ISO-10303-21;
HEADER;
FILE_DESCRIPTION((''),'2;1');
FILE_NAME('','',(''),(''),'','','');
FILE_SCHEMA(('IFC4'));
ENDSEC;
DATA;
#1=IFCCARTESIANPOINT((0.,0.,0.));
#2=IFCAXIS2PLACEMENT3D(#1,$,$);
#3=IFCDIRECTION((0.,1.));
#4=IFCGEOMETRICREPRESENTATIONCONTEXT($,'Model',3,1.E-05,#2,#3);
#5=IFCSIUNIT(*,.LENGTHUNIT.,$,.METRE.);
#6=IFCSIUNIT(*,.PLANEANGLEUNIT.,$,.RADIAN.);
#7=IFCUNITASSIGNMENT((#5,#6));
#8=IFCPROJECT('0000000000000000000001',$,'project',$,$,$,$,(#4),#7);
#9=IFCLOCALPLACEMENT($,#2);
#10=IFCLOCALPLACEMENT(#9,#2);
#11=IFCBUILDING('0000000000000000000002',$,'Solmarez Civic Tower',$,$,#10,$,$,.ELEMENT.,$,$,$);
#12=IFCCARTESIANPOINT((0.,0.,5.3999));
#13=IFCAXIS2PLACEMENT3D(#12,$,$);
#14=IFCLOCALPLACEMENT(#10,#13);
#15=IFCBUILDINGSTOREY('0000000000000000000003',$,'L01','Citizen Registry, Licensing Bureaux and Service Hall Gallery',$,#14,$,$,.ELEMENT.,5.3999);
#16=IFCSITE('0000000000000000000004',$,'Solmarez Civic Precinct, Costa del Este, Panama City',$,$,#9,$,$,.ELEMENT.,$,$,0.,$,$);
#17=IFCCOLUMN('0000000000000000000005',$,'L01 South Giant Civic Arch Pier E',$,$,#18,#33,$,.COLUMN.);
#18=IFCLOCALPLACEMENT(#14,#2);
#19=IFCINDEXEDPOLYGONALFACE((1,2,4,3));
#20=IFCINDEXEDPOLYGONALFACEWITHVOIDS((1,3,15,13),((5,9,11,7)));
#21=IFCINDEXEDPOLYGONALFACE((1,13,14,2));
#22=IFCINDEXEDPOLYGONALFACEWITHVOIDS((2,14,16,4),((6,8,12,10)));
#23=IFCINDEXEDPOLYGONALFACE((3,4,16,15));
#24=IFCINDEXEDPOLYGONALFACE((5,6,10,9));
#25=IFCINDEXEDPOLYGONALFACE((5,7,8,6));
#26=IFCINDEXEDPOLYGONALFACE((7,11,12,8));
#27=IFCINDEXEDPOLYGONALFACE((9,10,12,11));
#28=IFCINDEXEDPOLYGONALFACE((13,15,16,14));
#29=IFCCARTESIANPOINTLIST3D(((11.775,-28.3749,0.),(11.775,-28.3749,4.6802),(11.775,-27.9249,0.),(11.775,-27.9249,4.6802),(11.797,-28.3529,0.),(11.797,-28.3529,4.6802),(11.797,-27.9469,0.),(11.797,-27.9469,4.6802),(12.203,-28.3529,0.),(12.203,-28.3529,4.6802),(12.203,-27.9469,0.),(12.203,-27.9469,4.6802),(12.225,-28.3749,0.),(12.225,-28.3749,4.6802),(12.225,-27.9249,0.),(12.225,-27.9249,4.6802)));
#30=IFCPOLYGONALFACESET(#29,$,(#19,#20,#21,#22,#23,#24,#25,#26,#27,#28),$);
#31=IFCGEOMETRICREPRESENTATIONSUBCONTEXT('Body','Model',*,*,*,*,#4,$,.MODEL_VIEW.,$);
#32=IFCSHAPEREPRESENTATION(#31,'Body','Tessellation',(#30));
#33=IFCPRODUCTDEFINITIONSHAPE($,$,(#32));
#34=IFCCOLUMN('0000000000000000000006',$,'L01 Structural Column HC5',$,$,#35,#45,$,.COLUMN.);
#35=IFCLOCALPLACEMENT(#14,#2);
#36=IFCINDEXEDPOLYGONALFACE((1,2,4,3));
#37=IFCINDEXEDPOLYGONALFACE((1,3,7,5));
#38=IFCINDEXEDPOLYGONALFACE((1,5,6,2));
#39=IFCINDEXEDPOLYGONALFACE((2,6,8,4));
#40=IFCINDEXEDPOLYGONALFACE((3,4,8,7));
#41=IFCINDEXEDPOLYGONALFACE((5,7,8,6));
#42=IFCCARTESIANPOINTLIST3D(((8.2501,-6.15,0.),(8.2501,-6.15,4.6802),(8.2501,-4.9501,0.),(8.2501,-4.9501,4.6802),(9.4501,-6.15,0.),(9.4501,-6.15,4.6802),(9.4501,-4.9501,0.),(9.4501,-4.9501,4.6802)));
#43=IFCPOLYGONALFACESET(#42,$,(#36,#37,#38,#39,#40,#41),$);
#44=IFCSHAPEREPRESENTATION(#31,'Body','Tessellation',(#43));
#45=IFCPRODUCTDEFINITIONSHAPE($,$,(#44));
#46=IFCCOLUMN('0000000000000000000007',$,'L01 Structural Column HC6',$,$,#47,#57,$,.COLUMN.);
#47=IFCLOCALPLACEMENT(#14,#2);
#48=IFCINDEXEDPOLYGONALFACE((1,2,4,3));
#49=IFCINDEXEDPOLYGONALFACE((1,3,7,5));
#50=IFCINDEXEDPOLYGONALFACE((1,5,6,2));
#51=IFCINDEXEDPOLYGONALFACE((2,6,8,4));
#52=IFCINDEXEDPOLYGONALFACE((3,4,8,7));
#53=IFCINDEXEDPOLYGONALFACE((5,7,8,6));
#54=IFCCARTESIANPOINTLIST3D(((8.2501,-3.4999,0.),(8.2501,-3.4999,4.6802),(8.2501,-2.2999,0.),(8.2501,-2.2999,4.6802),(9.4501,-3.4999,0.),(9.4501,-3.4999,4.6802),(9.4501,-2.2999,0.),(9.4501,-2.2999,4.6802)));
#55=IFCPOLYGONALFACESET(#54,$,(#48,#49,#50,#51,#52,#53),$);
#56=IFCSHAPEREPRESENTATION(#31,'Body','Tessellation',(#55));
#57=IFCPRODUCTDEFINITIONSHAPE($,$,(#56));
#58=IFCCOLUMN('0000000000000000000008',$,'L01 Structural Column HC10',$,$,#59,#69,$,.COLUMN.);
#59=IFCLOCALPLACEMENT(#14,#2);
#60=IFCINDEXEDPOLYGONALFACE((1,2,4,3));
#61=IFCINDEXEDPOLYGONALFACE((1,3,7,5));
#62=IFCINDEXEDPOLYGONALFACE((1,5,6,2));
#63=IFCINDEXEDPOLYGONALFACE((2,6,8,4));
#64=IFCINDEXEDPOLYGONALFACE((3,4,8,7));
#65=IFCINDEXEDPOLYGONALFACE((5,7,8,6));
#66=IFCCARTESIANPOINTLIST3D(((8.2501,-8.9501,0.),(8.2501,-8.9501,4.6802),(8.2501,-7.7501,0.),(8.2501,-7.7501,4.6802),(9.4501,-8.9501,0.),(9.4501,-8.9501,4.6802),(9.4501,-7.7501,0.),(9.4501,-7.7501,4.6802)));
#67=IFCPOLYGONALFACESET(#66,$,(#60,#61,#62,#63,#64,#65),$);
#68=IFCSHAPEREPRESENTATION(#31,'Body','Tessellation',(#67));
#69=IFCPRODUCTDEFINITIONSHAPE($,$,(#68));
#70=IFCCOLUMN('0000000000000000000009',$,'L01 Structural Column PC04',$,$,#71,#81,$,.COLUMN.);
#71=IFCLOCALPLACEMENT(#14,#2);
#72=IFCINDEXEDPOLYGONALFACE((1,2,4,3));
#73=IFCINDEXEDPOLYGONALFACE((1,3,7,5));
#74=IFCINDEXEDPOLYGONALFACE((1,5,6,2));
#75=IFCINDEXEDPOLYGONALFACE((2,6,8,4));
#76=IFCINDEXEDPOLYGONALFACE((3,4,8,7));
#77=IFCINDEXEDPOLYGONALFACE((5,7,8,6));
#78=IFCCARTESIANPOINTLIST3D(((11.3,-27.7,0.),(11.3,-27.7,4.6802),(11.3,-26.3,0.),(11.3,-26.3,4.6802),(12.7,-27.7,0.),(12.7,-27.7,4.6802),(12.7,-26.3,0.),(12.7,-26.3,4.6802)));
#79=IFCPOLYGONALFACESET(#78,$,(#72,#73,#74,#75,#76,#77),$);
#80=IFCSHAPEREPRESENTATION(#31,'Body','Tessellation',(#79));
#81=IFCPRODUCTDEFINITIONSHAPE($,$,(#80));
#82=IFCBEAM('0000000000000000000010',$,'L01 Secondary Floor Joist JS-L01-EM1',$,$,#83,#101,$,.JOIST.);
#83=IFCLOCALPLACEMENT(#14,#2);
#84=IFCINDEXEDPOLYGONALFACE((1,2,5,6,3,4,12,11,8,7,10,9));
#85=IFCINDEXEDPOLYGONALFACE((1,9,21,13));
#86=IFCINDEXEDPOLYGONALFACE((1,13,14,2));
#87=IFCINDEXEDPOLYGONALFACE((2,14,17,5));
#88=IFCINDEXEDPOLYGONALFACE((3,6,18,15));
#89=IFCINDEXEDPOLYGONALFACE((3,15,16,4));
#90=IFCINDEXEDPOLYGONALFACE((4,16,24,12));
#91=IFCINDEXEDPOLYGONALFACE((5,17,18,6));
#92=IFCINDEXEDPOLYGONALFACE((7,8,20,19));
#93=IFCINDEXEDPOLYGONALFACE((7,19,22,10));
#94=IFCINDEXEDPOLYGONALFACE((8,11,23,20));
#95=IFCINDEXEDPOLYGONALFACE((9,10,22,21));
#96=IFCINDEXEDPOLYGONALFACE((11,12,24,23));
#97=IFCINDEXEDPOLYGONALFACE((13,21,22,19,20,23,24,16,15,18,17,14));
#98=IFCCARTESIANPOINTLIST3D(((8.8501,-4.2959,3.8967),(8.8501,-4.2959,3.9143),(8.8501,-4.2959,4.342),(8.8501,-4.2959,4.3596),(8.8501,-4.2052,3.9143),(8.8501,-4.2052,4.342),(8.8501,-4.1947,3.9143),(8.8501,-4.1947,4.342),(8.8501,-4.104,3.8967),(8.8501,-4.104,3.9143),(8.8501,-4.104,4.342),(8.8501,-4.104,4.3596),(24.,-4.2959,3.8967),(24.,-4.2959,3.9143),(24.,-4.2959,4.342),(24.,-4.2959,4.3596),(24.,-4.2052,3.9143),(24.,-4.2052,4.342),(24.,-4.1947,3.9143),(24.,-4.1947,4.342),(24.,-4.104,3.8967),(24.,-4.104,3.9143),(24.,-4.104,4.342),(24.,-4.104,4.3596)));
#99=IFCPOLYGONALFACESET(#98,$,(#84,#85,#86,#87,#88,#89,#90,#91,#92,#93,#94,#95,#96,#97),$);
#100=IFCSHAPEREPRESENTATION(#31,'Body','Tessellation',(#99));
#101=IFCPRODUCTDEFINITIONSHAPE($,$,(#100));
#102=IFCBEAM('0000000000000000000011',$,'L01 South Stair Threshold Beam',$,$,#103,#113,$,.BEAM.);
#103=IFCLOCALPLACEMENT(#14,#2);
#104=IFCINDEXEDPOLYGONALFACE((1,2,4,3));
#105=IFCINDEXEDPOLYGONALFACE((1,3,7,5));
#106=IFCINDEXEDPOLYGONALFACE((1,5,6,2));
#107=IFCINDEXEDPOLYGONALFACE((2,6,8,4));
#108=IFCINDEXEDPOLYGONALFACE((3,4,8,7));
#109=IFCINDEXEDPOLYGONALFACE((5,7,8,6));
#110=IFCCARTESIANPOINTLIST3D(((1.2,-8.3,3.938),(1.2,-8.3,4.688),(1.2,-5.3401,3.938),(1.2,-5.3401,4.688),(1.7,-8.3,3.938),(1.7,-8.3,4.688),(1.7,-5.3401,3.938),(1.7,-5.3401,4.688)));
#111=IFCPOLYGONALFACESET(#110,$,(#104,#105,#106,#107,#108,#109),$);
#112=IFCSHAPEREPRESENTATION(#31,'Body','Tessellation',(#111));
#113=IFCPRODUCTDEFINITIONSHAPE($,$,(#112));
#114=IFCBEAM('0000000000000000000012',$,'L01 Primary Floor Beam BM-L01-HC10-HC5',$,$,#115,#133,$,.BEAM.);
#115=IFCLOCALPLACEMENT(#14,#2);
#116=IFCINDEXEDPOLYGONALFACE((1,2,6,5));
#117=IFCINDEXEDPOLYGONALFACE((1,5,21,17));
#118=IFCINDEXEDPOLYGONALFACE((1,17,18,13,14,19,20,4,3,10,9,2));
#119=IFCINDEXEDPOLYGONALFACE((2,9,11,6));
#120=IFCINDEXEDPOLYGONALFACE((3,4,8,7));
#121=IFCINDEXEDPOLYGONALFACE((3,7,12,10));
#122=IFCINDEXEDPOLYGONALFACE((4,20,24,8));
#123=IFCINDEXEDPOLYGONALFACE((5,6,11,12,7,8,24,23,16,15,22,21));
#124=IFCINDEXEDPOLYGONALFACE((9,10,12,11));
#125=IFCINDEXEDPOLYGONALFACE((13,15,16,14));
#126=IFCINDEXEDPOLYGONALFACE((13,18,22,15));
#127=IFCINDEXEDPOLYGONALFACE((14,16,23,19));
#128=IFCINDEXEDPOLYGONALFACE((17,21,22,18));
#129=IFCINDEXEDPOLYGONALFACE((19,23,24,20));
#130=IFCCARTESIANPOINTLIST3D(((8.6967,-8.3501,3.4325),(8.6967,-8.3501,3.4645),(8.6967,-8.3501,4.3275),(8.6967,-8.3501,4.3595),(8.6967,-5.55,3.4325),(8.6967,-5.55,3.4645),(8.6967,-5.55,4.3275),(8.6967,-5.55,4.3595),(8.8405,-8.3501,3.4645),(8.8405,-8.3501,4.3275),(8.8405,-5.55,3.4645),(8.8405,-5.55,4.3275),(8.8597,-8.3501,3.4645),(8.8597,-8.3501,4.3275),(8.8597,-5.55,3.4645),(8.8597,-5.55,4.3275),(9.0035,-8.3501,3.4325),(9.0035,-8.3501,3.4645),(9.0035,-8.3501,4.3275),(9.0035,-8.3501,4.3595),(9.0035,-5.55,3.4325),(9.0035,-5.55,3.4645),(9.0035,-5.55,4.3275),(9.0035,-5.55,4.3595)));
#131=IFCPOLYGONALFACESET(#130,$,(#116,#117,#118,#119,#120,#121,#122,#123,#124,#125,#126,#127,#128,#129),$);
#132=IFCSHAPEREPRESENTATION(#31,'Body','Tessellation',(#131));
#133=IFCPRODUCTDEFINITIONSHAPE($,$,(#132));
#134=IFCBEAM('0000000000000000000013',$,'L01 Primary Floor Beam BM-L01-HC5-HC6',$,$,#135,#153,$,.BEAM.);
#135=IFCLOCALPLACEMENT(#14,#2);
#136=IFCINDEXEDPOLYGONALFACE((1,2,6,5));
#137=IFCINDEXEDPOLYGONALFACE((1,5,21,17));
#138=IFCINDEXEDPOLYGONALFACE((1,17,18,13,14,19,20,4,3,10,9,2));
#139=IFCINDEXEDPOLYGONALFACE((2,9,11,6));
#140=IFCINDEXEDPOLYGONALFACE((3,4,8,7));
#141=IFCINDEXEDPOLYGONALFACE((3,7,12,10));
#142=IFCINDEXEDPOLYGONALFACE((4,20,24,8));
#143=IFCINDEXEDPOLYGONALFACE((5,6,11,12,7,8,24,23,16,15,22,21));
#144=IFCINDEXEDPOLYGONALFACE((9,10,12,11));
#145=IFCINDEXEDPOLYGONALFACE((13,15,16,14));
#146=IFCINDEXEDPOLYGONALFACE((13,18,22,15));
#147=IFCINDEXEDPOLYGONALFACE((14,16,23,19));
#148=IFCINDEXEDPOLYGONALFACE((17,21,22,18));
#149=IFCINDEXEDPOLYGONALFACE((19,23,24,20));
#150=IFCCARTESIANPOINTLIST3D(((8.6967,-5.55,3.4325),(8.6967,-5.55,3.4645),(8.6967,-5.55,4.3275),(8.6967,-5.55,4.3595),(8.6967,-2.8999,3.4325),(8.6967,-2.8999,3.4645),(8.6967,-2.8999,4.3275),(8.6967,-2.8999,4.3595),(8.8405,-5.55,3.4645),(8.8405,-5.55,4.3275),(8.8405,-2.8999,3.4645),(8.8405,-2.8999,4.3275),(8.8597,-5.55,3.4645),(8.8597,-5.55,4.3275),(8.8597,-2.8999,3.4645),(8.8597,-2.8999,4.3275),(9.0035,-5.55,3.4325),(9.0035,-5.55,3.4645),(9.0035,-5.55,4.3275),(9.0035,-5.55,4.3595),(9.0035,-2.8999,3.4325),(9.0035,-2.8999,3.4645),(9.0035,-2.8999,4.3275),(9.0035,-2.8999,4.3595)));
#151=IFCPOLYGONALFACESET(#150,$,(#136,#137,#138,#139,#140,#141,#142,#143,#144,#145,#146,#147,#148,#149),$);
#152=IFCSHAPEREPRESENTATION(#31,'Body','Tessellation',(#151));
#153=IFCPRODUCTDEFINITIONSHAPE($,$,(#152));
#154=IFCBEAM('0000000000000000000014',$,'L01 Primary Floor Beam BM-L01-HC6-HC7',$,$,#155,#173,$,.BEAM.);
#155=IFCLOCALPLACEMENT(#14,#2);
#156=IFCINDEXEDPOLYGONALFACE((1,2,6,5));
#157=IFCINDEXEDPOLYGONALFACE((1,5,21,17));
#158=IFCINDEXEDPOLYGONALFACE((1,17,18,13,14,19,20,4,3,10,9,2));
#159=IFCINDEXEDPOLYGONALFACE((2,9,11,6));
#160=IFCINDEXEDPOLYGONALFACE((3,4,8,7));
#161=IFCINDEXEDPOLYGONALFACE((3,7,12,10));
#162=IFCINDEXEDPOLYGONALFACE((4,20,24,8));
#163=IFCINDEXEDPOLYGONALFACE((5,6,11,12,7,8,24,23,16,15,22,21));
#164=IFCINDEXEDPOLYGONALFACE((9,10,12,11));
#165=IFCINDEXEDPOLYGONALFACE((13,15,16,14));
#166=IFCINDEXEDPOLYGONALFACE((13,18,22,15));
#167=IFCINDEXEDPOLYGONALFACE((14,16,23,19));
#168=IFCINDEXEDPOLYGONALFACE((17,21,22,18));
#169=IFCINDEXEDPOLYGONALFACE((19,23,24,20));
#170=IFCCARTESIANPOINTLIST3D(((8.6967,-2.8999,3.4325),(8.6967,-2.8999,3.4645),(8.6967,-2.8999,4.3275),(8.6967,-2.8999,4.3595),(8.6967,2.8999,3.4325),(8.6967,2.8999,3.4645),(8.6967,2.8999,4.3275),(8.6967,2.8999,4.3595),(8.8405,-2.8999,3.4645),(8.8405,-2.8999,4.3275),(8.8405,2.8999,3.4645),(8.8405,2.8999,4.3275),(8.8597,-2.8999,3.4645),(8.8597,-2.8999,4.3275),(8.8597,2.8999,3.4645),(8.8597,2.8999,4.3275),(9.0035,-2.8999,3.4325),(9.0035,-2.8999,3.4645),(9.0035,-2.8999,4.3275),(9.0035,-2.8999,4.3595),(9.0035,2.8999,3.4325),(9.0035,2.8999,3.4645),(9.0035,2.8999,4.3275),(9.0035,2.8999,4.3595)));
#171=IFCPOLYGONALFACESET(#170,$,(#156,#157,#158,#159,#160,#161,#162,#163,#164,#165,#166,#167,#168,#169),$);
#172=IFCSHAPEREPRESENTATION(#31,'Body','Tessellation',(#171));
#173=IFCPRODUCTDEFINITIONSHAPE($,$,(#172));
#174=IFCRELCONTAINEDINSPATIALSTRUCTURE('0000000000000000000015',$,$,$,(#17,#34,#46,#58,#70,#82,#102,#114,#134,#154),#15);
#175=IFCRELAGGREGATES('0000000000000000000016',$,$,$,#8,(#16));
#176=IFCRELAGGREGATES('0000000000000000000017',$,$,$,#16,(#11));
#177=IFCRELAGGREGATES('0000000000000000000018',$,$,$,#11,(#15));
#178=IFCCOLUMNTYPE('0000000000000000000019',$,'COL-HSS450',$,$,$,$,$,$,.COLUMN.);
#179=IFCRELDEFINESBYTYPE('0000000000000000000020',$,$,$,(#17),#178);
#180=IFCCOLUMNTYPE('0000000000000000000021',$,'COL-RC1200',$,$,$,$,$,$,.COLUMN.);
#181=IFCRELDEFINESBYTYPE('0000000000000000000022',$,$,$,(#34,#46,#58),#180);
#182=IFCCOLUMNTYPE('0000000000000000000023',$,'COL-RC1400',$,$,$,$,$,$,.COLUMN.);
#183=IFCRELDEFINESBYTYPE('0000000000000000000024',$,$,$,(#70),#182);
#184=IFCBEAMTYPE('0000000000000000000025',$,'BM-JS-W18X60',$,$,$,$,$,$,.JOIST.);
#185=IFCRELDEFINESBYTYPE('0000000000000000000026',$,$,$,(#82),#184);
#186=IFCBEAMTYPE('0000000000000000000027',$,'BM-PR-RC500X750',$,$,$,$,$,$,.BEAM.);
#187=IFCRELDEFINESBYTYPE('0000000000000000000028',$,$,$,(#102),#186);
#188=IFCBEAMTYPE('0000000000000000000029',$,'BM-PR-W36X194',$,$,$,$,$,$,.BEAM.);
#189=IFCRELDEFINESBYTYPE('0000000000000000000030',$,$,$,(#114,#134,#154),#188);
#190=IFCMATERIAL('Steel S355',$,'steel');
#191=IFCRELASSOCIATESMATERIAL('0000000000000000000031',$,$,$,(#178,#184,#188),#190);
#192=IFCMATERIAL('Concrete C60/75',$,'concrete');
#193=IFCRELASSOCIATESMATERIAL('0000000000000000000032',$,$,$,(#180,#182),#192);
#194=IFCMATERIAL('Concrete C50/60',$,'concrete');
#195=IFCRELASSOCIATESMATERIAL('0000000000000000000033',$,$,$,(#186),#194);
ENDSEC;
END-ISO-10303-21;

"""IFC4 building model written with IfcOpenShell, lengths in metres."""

from ifc_helpers import new_model, si_unit, direction, frame, origin, origin_2d, place, context, subcontext, project, spatial, rectangle, hollow_rectangle, i_section, extrude, material, material_profile, profile_set, type_object, element, save


model = new_model("IFC4")

# Units and contexts
model_context = context("Model", 3, precision=1e-05, world=origin(), true_north=direction((0.0, 1.0)))
body_context = subcontext(model_context, "Body", "Model", "MODEL_VIEW")
ifc_project = project(units=[si_unit("LENGTHUNIT", "METRE"), si_unit("PLANEANGLEUNIT", "RADIAN")], contexts=[model_context])

# Site, building, storey
site_placement = place(None, origin())
site = spatial("IfcSite", under=ifc_project, at=site_placement, Name="Solmarez Civic Precinct, Costa del Este, Panama City", CompositionType="ELEMENT", RefElevation=0.0)
building_placement = place(site_placement, origin())
building = spatial("IfcBuilding", under=site, at=building_placement, Name="Solmarez Civic Tower", CompositionType="ELEMENT")
storey_placement = place(building_placement, frame((0.0, 0.0, 5.3999)))
storey = spatial("IfcBuildingStorey", under=building, at=storey_placement, Name="L01", Description="Citizen Registry, Licensing Bureaux and Service Hall Gallery", CompositionType="ELEMENT", Elevation=5.3999)

# Columns
ifc_material_1 = material(Name="Steel S355", Category="steel")
ifc_material_profile_1 = material_profile(ifc_material_1, hollow_rectangle(XDim=0.45, YDim=0.45, WallThickness=0.022, at=origin_2d()), Name="HSS450X450X22")
ifc_profile_set_1 = profile_set([ifc_material_profile_1], Name="Steel S355")
column_type_1 = type_object("IfcColumnType", Name="COL-HSS450", PredefinedType="COLUMN", material=ifc_profile_set_1)
column_1_placement = place(storey_placement, frame((12.0, -28.1499, 0.0), z_axis=(0.0, 0.0, 1.0), x_axis=(1.0, 0.0, 0.0)))
element("IfcColumn", 1, at=column_1_placement, inside=storey, type_object=column_type_1, Name="L01 South Giant Civic Arch Pier E", PredefinedType="COLUMN", context=body_context, shape_type="SweptSolid", body=[
    extrude(hollow_rectangle(XDim=0.45, YDim=0.45, WallThickness=0.022, at=origin_2d()), origin(), (0.0, 0.0, 1.0), 4.6802),
])
ifc_material_2 = material(Name="Concrete C60/75", Category="concrete")
ifc_material_profile_2 = material_profile(ifc_material_2, rectangle(XDim=1.2, YDim=1.2, at=origin_2d()), Name="RC1200X1200")
ifc_profile_set_2 = profile_set([ifc_material_profile_2], Name="Concrete C60/75")
column_type_2 = type_object("IfcColumnType", Name="COL-RC1200", PredefinedType="COLUMN", material=ifc_profile_set_2)
for number, where, z_axis, x_axis, name in (
    (2, (8.8501, -5.55, 0.0), (0.0, 0.0, 1.0), (1.0, 0.0, 0.0), "L01 Structural Column HC5"),
    (3, (8.8501, -2.8999, 0.0), (0.0, 0.0, 1.0), (1.0, 0.0, 0.0), "L01 Structural Column HC6"),
    (4, (8.8501, -8.3501, 0.0), (0.0, 0.0, 1.0), (1.0, 0.0, 0.0), "L01 Structural Column HC10"),
):
    element("IfcColumn", number, at=place(storey_placement, frame(where, z_axis=z_axis, x_axis=x_axis)), inside=storey, type_object=column_type_2, Name=name, PredefinedType="COLUMN", context=body_context, shape_type="SweptSolid", body=[
        extrude(rectangle(XDim=1.2, YDim=1.2, at=origin_2d()), origin(), (0.0, 0.0, 1.0), 4.6802),
    ])
ifc_material_profile_3 = material_profile(ifc_material_2, rectangle(XDim=1.3999, YDim=1.3999, at=origin_2d()), Name="RC1400X1400")
ifc_profile_set_3 = profile_set([ifc_material_profile_3], Name="Concrete C60/75")
column_type_3 = type_object("IfcColumnType", Name="COL-RC1400", PredefinedType="COLUMN", material=ifc_profile_set_3)
column_2_placement = place(storey_placement, frame((12.0, -27.0, 0.0), z_axis=(0.0, 0.0, 1.0), x_axis=(1.0, 0.0, 0.0)))
element("IfcColumn", 5, at=column_2_placement, inside=storey, type_object=column_type_3, Name="L01 Structural Column PC04", PredefinedType="COLUMN", context=body_context, shape_type="SweptSolid", body=[
    extrude(rectangle(XDim=1.3999, YDim=1.3999, at=origin_2d()), origin(), (0.0, 0.0, 1.0), 4.6802),
])

# Beams
ifc_material_profile_4 = material_profile(ifc_material_1, i_section(OverallWidth=0.1919, OverallDepth=0.4629, WebThickness=0.0105, FlangeThickness=0.0176, at=origin_2d()), Name="W18X60")
ifc_profile_set_4 = profile_set([ifc_material_profile_4], Name="Steel S355")
beam_type_1 = type_object("IfcBeamType", Name="BM-JS-W18X60", PredefinedType="JOIST", material=ifc_profile_set_4)
beam_1_placement = place(storey_placement, frame((8.8501, -4.2, 4.1282), z_axis=(1.0, 0.0, 0.0), x_axis=(0.0, 1.0, 0.0)))
element("IfcBeam", 6, at=beam_1_placement, inside=storey, type_object=beam_type_1, Name="L01 Secondary Floor Joist JS-L01-EM1", PredefinedType="JOIST", context=body_context, shape_type="SweptSolid", body=[
    extrude(i_section(OverallWidth=0.1919, OverallDepth=0.4629, WebThickness=0.0105, FlangeThickness=0.0176, at=origin_2d()), origin(), (0.0, 0.0, 1.0), 15.1499),
])
ifc_material_3 = material(Name="Concrete C50/60", Category="concrete")
ifc_material_profile_5 = material_profile(ifc_material_3, rectangle(XDim=0.5, YDim=0.75, at=origin_2d()), Name="RC500X750")
ifc_profile_set_5 = profile_set([ifc_material_profile_5], Name="Concrete C50/60")
beam_type_2 = type_object("IfcBeamType", Name="BM-PR-RC500X750", PredefinedType="BEAM", material=ifc_profile_set_5)
beam_2_placement = place(storey_placement, frame((1.45, -8.3, 4.313), z_axis=(0.0, 1.0, 0.0), x_axis=(-1.0, 0.0, 0.0)))
element("IfcBeam", 7, at=beam_2_placement, inside=storey, type_object=beam_type_2, Name="L01 South Stair Threshold Beam", PredefinedType="BEAM", context=body_context, shape_type="SweptSolid", body=[
    extrude(rectangle(XDim=0.5, YDim=0.75, at=origin_2d()), origin(), (0.0, 0.0, 1.0), 2.96),
])
ifc_material_profile_6 = material_profile(ifc_material_1, i_section(OverallWidth=0.3069, OverallDepth=0.927, WebThickness=0.0193, FlangeThickness=0.032, at=origin_2d()), Name="W36X194")
ifc_profile_set_6 = profile_set([ifc_material_profile_6], Name="Steel S355")
beam_type_3 = type_object("IfcBeamType", Name="BM-PR-W36X194", PredefinedType="BEAM", material=ifc_profile_set_6)
beam_3_placement = place(storey_placement, frame((8.8501, -8.3501, 3.896), z_axis=(0.0, 1.0, 0.0), x_axis=(-1.0, 0.0, 0.0)))
element("IfcBeam", 8, at=beam_3_placement, inside=storey, type_object=beam_type_3, Name="L01 Primary Floor Beam BM-L01-HC10-HC5", PredefinedType="BEAM", context=body_context, shape_type="SweptSolid", body=[
    extrude(i_section(OverallWidth=0.3069, OverallDepth=0.927, WebThickness=0.0193, FlangeThickness=0.032, at=origin_2d()), origin(), (0.0, 0.0, 1.0), 2.8),
])
beam_4_placement = place(storey_placement, frame((8.8501, -5.55, 3.896), z_axis=(0.0, 1.0, 0.0), x_axis=(-1.0, 0.0, 0.0)))
element("IfcBeam", 9, at=beam_4_placement, inside=storey, type_object=beam_type_3, Name="L01 Primary Floor Beam BM-L01-HC5-HC6", PredefinedType="BEAM", context=body_context, shape_type="SweptSolid", body=[
    extrude(i_section(OverallWidth=0.3069, OverallDepth=0.927, WebThickness=0.0193, FlangeThickness=0.032, at=origin_2d()), origin(), (0.0, 0.0, 1.0), 2.6501),
])
beam_5_placement = place(storey_placement, frame((8.8501, -2.8999, 3.896), z_axis=(0.0, 1.0, 0.0), x_axis=(-1.0, 0.0, 0.0)))
element("IfcBeam", 10, at=beam_5_placement, inside=storey, type_object=beam_type_3, Name="L01 Primary Floor Beam BM-L01-HC6-HC7", PredefinedType="BEAM", context=body_context, shape_type="SweptSolid", body=[
    extrude(i_section(OverallWidth=0.3069, OverallDepth=0.927, WebThickness=0.0193, FlangeThickness=0.032, at=origin_2d()), origin(), (0.0, 0.0, 1.0), 5.7998),
])

save(model, "model.ifc")
